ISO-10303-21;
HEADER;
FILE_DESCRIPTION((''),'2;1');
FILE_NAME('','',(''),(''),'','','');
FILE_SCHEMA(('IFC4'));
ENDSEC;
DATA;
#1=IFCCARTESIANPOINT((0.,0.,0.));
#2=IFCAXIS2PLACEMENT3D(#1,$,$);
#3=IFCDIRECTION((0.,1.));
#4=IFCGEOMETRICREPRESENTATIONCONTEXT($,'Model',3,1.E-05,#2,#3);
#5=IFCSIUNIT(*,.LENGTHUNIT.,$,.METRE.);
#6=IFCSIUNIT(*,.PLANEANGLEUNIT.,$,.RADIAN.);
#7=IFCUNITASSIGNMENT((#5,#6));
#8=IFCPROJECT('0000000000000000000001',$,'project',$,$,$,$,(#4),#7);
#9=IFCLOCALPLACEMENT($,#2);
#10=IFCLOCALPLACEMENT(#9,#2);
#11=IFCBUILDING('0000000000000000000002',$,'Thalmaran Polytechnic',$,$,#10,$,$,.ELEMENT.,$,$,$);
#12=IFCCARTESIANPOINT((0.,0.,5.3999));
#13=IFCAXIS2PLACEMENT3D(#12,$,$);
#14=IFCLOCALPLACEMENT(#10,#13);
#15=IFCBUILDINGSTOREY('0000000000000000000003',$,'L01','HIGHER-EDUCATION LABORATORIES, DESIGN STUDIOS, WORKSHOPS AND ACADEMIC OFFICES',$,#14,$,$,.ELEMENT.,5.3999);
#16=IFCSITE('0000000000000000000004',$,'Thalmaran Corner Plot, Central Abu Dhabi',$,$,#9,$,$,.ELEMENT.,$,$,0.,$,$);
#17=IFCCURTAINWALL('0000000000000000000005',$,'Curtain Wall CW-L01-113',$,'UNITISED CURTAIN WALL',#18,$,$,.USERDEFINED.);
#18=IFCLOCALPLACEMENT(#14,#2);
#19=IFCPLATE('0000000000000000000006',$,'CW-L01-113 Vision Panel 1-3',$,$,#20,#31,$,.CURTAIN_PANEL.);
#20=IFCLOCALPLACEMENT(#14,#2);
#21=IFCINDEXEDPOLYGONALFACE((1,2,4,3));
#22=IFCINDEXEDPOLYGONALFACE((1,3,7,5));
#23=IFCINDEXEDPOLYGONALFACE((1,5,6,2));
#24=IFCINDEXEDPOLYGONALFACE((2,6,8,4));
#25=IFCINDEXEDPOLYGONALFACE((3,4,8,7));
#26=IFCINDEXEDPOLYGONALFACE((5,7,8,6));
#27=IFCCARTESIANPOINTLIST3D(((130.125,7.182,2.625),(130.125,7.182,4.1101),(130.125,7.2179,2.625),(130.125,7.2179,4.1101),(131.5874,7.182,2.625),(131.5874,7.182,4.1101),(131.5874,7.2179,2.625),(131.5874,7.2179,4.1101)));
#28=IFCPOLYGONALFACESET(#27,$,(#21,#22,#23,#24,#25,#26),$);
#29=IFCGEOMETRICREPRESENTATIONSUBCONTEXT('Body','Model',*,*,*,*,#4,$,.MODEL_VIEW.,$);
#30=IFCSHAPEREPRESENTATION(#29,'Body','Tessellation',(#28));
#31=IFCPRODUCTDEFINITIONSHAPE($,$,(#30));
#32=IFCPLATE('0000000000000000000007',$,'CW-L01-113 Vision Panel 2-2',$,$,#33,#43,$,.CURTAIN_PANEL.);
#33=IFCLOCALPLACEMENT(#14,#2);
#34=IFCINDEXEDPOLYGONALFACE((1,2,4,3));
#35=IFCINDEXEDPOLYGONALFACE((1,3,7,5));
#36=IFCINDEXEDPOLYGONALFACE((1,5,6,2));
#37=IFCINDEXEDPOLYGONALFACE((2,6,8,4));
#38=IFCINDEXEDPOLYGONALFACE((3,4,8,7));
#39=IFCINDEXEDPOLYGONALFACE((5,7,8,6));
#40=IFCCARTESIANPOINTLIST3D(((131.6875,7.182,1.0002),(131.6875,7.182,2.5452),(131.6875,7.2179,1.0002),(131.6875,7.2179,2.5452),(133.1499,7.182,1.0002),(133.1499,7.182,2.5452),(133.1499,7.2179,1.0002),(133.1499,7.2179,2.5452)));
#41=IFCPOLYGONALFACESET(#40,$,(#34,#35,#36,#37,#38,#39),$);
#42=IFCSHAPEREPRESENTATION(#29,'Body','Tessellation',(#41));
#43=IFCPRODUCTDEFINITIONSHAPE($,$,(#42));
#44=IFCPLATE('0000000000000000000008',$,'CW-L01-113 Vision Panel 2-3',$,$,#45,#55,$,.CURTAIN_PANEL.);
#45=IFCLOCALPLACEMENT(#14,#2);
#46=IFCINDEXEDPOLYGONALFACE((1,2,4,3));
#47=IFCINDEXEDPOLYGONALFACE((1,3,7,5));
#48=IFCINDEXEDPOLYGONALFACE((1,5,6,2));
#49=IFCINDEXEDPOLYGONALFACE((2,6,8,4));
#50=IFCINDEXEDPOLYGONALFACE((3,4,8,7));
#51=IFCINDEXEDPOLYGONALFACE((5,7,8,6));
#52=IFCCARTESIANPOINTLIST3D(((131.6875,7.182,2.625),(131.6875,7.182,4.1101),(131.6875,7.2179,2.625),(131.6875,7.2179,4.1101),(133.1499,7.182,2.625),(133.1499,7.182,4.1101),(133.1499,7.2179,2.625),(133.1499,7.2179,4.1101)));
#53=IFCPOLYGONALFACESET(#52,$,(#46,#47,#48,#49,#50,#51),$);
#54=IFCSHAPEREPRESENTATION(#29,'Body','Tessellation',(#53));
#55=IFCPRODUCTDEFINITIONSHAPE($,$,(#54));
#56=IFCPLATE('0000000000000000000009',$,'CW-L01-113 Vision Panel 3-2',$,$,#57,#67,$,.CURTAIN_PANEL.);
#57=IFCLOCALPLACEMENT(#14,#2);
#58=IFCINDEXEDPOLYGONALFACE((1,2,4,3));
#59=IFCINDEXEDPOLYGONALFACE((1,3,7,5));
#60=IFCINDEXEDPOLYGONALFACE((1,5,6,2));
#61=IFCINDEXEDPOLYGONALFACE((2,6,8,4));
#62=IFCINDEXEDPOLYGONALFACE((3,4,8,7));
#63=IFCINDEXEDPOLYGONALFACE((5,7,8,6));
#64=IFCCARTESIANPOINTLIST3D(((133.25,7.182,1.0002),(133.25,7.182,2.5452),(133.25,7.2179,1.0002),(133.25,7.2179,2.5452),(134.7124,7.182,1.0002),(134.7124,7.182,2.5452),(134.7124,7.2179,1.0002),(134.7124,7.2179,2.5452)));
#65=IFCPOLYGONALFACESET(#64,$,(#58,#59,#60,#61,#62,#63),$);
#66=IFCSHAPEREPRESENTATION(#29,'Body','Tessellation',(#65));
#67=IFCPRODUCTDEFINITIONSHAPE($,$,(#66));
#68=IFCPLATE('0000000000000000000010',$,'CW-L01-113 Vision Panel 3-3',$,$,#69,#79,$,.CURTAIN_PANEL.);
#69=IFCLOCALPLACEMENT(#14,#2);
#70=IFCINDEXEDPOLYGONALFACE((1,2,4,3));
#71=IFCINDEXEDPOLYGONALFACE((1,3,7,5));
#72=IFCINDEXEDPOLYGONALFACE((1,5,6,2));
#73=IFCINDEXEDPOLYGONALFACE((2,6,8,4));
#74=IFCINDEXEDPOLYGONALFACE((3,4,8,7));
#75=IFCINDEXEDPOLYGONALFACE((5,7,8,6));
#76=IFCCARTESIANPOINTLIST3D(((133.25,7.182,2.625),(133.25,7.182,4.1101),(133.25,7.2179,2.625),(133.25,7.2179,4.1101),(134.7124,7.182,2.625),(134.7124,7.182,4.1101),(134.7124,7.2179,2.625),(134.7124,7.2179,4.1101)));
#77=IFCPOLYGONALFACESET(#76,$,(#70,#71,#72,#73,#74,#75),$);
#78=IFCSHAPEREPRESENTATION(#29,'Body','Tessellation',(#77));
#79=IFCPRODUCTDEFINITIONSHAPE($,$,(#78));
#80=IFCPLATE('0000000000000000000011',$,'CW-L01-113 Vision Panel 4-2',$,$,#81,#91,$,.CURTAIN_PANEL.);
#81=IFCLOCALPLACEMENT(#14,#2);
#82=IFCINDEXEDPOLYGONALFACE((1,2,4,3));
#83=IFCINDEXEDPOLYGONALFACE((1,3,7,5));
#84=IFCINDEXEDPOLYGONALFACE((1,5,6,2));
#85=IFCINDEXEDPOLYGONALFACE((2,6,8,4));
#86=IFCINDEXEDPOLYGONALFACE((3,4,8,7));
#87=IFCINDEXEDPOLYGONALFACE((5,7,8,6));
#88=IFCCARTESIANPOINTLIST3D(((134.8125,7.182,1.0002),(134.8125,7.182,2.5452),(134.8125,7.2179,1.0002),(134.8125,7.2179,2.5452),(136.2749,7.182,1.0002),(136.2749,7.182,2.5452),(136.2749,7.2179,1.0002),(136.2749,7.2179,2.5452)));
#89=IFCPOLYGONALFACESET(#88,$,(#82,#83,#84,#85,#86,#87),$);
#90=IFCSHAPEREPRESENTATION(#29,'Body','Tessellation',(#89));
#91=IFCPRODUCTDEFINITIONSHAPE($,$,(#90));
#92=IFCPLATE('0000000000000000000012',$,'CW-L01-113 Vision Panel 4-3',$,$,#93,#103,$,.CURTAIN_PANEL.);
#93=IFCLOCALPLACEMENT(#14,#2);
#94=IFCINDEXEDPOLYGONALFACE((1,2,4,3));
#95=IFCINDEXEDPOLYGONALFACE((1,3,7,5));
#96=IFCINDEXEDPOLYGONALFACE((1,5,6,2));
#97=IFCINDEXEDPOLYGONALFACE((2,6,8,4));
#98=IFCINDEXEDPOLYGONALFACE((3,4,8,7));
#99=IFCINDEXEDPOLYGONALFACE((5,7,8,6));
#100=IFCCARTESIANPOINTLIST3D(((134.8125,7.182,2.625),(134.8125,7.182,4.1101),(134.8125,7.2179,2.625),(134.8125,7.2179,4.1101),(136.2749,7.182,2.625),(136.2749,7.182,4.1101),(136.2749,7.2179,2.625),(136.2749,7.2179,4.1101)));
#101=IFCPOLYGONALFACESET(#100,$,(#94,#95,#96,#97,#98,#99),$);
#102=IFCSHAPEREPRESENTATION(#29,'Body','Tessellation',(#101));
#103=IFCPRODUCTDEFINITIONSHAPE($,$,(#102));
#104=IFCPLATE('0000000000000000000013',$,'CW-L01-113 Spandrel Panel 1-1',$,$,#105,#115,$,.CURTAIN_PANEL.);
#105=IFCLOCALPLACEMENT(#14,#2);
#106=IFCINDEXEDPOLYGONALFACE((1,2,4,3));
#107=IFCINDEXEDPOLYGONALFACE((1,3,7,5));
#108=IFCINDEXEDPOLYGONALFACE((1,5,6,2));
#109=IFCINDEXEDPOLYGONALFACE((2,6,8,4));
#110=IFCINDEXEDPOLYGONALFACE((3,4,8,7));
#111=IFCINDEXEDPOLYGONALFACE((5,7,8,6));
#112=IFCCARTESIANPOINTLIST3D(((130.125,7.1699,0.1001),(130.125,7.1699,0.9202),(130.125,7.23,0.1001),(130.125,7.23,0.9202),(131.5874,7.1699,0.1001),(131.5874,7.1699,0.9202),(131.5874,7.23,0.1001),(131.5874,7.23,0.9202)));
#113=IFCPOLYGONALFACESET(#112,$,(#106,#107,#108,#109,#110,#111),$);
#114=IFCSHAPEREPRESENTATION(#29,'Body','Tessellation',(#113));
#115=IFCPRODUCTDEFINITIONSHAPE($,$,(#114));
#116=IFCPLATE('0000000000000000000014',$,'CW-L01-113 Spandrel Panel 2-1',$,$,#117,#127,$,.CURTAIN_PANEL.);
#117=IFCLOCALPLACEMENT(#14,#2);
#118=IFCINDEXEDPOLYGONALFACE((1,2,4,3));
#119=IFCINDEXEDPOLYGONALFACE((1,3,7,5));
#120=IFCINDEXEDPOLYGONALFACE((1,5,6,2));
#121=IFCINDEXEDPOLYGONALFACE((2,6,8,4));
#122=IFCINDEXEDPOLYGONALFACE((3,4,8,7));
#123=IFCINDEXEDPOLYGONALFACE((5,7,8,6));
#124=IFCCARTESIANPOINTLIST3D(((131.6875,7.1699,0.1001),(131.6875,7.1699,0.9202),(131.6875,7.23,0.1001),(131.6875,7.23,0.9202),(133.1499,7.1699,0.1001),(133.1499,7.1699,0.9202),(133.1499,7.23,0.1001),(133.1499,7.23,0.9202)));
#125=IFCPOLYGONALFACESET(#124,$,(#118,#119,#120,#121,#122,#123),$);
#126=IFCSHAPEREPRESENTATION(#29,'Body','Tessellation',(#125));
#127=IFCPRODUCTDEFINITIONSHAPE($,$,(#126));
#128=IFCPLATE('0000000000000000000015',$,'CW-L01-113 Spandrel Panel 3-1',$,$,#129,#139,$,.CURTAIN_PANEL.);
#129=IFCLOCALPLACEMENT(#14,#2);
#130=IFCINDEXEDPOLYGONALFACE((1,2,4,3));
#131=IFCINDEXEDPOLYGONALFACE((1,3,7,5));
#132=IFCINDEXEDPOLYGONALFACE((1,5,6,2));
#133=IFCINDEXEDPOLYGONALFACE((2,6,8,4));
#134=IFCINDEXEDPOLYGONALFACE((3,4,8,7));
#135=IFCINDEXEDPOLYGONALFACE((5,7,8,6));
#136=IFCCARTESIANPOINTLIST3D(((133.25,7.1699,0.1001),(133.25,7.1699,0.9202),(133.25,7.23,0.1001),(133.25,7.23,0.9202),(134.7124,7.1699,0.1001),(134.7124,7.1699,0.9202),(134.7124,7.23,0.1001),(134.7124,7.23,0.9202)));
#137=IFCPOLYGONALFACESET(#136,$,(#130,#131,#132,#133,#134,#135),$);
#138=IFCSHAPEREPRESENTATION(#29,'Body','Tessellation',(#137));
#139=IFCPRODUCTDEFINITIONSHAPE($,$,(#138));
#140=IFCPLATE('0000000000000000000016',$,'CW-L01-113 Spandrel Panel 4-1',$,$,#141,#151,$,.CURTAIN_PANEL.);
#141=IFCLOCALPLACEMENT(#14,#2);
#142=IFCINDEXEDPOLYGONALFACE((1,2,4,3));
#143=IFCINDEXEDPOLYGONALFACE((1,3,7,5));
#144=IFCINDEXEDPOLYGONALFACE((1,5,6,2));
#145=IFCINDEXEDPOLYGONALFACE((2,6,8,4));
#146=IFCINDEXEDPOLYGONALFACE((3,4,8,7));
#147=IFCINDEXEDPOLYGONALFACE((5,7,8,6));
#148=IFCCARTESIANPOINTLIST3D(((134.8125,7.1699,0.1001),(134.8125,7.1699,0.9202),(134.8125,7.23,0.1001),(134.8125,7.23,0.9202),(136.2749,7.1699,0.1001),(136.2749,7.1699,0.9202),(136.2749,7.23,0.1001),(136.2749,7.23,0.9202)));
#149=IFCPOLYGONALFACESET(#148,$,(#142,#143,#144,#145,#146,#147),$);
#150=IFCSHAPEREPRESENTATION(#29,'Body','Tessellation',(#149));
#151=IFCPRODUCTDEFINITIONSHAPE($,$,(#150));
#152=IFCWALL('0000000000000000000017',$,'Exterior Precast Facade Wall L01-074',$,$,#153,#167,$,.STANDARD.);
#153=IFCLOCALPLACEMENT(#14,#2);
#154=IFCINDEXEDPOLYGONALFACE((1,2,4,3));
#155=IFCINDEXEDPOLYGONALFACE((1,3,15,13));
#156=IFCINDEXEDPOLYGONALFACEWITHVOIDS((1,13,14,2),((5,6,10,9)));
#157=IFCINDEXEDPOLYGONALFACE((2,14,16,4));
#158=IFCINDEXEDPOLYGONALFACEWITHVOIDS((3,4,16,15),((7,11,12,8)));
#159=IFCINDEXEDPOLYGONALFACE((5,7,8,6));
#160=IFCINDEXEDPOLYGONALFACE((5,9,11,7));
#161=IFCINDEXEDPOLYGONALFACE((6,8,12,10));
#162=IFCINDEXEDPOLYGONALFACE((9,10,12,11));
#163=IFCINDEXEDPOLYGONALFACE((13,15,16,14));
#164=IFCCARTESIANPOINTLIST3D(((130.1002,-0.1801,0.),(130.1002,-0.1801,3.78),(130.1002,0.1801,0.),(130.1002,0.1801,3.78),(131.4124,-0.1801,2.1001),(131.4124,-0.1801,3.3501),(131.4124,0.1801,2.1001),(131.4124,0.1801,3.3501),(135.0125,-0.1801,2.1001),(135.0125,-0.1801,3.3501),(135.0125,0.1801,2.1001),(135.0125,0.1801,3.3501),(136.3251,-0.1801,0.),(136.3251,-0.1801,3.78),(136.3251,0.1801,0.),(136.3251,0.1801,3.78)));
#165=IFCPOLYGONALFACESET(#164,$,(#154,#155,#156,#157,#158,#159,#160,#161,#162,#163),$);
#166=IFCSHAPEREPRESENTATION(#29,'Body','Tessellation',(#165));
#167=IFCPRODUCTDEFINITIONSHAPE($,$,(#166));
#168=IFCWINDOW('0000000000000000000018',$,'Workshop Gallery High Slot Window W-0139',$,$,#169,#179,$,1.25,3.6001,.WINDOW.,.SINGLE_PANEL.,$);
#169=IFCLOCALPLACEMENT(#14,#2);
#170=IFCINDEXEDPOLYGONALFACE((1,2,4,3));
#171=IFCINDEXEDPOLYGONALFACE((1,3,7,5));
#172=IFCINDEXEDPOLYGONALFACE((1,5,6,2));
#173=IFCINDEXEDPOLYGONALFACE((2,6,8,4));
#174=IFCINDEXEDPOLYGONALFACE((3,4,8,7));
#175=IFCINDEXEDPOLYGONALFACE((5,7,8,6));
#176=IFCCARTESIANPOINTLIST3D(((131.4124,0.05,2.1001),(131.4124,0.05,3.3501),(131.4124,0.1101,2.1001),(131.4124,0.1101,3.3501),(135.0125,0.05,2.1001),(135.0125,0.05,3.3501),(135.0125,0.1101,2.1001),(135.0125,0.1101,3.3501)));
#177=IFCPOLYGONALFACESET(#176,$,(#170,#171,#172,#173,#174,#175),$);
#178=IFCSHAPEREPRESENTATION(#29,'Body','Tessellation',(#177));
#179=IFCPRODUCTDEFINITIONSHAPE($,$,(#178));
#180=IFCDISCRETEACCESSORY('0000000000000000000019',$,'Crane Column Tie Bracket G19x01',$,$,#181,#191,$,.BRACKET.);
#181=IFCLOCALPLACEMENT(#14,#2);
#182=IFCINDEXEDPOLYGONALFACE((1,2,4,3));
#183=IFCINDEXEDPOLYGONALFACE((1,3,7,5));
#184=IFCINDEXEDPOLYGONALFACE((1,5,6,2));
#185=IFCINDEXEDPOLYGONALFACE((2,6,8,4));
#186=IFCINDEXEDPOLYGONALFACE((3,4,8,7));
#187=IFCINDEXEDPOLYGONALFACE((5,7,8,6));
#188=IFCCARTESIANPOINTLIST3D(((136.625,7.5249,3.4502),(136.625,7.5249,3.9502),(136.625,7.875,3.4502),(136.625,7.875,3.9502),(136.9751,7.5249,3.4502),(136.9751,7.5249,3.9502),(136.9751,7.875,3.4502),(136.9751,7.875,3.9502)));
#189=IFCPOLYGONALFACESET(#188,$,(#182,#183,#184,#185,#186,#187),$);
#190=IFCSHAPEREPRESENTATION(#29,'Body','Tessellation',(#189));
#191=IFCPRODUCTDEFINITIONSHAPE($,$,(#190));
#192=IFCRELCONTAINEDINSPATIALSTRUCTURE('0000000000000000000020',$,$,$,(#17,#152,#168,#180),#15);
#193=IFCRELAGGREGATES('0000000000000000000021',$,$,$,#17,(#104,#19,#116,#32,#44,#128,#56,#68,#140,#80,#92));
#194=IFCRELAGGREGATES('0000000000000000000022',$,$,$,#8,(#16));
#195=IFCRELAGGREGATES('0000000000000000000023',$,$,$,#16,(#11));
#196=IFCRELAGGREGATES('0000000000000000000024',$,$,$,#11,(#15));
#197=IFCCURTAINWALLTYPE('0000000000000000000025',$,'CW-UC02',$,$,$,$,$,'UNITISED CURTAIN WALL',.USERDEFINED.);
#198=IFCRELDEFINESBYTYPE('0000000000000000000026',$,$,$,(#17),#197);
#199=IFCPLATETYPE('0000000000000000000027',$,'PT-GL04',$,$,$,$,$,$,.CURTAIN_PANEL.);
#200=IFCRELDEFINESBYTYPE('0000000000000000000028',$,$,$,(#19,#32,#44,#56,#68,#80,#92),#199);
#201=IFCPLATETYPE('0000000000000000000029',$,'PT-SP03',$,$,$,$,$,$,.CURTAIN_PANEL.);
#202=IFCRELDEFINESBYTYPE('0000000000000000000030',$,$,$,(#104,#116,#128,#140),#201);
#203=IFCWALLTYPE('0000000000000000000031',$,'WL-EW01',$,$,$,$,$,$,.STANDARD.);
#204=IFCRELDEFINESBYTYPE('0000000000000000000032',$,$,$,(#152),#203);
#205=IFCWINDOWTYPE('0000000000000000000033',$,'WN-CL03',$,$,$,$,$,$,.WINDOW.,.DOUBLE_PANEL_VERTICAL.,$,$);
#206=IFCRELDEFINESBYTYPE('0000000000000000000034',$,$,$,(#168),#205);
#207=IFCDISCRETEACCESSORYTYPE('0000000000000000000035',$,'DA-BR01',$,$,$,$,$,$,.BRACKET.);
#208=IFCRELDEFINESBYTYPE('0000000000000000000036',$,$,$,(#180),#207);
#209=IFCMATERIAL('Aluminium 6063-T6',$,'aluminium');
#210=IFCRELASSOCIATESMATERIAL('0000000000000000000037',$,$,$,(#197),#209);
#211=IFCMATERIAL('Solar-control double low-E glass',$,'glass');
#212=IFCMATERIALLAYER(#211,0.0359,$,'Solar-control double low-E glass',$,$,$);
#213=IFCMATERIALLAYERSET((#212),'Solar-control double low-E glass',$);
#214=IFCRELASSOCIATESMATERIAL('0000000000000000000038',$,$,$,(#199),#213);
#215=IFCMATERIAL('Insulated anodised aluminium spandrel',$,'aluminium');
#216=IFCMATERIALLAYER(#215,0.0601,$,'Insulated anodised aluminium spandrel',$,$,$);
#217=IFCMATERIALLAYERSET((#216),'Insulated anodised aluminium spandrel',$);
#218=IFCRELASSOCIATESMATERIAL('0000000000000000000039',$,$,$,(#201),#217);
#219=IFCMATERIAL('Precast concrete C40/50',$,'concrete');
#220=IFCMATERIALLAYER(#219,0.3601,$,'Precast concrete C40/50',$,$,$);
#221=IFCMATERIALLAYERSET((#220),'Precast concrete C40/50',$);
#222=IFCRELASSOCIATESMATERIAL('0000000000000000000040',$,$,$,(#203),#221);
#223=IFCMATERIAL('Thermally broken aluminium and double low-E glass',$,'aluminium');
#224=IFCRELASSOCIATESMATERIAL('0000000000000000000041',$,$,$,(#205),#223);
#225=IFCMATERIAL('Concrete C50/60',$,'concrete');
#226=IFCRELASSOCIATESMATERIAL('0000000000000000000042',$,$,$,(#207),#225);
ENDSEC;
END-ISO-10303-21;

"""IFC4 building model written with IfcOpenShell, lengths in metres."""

from ifc_helpers import new_model, si_unit, direction, frame, frame_2d, origin, origin_2d, place, context, subcontext, project, spatial, rectangle, extrude, material, layer, layer_set, type_object, element, fill, aggregate, save


model = new_model("IFC4")

# Units and contexts
model_context = context("Model", 3, precision=1e-05, world=origin(), true_north=direction((0.0, 1.0)))
body_context = subcontext(model_context, "Body", "Model", "MODEL_VIEW")
ifc_project = project(units=[si_unit("LENGTHUNIT", "METRE"), si_unit("PLANEANGLEUNIT", "RADIAN")], contexts=[model_context])

# Site, building, storey
site_placement = place(None, origin())
site = spatial("IfcSite", under=ifc_project, at=site_placement, Name="Thalmaran Corner Plot, Central Abu Dhabi", CompositionType="ELEMENT", RefElevation=0.0)
building_placement = place(site_placement, origin())
building = spatial("IfcBuilding", under=site, at=building_placement, Name="Thalmaran Polytechnic", CompositionType="ELEMENT")
storey_placement = place(building_placement, frame((0.0, 0.0, 5.3999)))
storey = spatial("IfcBuildingStorey", under=building, at=storey_placement, Name="L01", Description="HIGHER-EDUCATION LABORATORIES, DESIGN STUDIOS, WORKSHOPS AND ACADEMIC OFFICES", CompositionType="ELEMENT", Elevation=5.3999)

# Shared definitions
ifc_material_1 = material(Name="Concrete C50/60", Category="concrete")

# Curtain wall
ifc_material_2 = material(Name="Aluminium 6063-T6", Category="aluminium")
curtain_wall_type = type_object("IfcCurtainWallType", Name="CW-UC02", ElementType="UNITISED CURTAIN WALL", PredefinedType="USERDEFINED", material=ifc_material_2)
curtain_wall_1_placement = place(storey_placement, origin())
curtain_wall_1 = element("IfcCurtainWall", 1, at=curtain_wall_1_placement, inside=storey, type_object=curtain_wall_type, Name="Curtain Wall CW-L01-113", ObjectType="UNITISED CURTAIN WALL", PredefinedType="USERDEFINED")

# Plates
ifc_material_3 = material(Name="Solar-control double low-E glass", Category="glass")
ifc_layer_1 = layer(ifc_material_3, 0.0359, Name="Solar-control double low-E glass")
ifc_layer_set_1 = layer_set([ifc_layer_1], Name="Solar-control double low-E glass")
plate_type_1 = type_object("IfcPlateType", Name="PT-GL04", PredefinedType="CURTAIN_PANEL", material=ifc_layer_set_1)
plate_1_placement = place(storey_placement, frame((130.8562, 7.2, 2.625), z_axis=(0.0, 0.0, 1.0), x_axis=(1.0, 0.0, 0.0)))
plate_1 = element("IfcPlate", 2, at=plate_1_placement, type_object=plate_type_1, Name="CW-L01-113 Vision Panel 1-3", PredefinedType="CURTAIN_PANEL", context=body_context, shape_type="SweptSolid", body=[
    extrude(rectangle(XDim=1.4624, YDim=0.0359, at=origin_2d()), origin(), (0.0, 0.0, 1.0), 1.4851),
])
plate_2_placement = place(storey_placement, frame((132.4187, 7.2, 1.0002), z_axis=(0.0, 0.0, 1.0), x_axis=(1.0, 0.0, 0.0)))
plate_2 = element("IfcPlate", 3, at=plate_2_placement, type_object=plate_type_1, Name="CW-L01-113 Vision Panel 2-2", PredefinedType="CURTAIN_PANEL", context=body_context, shape_type="SweptSolid", body=[
    extrude(rectangle(XDim=1.4624, YDim=0.0359, at=origin_2d()), origin(), (0.0, 0.0, 1.0), 1.5449),
])
plate_3_placement = place(storey_placement, frame((132.4187, 7.2, 2.625), z_axis=(0.0, 0.0, 1.0), x_axis=(1.0, 0.0, 0.0)))
plate_3 = element("IfcPlate", 4, at=plate_3_placement, type_object=plate_type_1, Name="CW-L01-113 Vision Panel 2-3", PredefinedType="CURTAIN_PANEL", context=body_context, shape_type="SweptSolid", body=[
    extrude(rectangle(XDim=1.4624, YDim=0.0359, at=origin_2d()), origin(), (0.0, 0.0, 1.0), 1.4851),
])
plate_4_placement = place(storey_placement, frame((133.9812, 7.2, 1.0002), z_axis=(0.0, 0.0, 1.0), x_axis=(1.0, 0.0, 0.0)))
plate_4 = element("IfcPlate", 5, at=plate_4_placement, type_object=plate_type_1, Name="CW-L01-113 Vision Panel 3-2", PredefinedType="CURTAIN_PANEL", context=body_context, shape_type="SweptSolid", body=[
    extrude(rectangle(XDim=1.4624, YDim=0.0359, at=origin_2d()), origin(), (0.0, 0.0, 1.0), 1.5449),
])
plate_5_placement = place(storey_placement, frame((133.9812, 7.2, 2.625), z_axis=(0.0, 0.0, 1.0), x_axis=(1.0, 0.0, 0.0)))
plate_5 = element("IfcPlate", 6, at=plate_5_placement, type_object=plate_type_1, Name="CW-L01-113 Vision Panel 3-3", PredefinedType="CURTAIN_PANEL", context=body_context, shape_type="SweptSolid", body=[
    extrude(rectangle(XDim=1.4624, YDim=0.0359, at=origin_2d()), origin(), (0.0, 0.0, 1.0), 1.4851),
])
plate_6_placement = place(storey_placement, frame((135.5437, 7.2, 1.0002), z_axis=(0.0, 0.0, 1.0), x_axis=(1.0, 0.0, 0.0)))
plate_6 = element("IfcPlate", 7, at=plate_6_placement, type_object=plate_type_1, Name="CW-L01-113 Vision Panel 4-2", PredefinedType="CURTAIN_PANEL", context=body_context, shape_type="SweptSolid", body=[
    extrude(rectangle(XDim=1.4624, YDim=0.0359, at=origin_2d()), origin(), (0.0, 0.0, 1.0), 1.5449),
])
plate_7_placement = place(storey_placement, frame((135.5437, 7.2, 2.625), z_axis=(0.0, 0.0, 1.0), x_axis=(1.0, 0.0, 0.0)))
plate_7 = element("IfcPlate", 8, at=plate_7_placement, type_object=plate_type_1, Name="CW-L01-113 Vision Panel 4-3", PredefinedType="CURTAIN_PANEL", context=body_context, shape_type="SweptSolid", body=[
    extrude(rectangle(XDim=1.4624, YDim=0.0359, at=origin_2d()), origin(), (0.0, 0.0, 1.0), 1.4851),
])
ifc_material_4 = material(Name="Insulated anodised aluminium spandrel", Category="aluminium")
ifc_layer_2 = layer(ifc_material_4, 0.0601, Name="Insulated anodised aluminium spandrel")
ifc_layer_set_2 = layer_set([ifc_layer_2], Name="Insulated anodised aluminium spandrel")
plate_type_2 = type_object("IfcPlateType", Name="PT-SP03", PredefinedType="CURTAIN_PANEL", material=ifc_layer_set_2)
plate_8_placement = place(storey_placement, frame((130.8562, 7.2, 0.1001), z_axis=(0.0, 0.0, 1.0), x_axis=(1.0, 0.0, 0.0)))
plate_8 = element("IfcPlate", 9, at=plate_8_placement, type_object=plate_type_2, Name="CW-L01-113 Spandrel Panel 1-1", PredefinedType="CURTAIN_PANEL", context=body_context, shape_type="SweptSolid", body=[
    extrude(rectangle(XDim=1.4624, YDim=0.0601, at=origin_2d()), origin(), (0.0, 0.0, 1.0), 0.8201),
])
plate_9_placement = place(storey_placement, frame((132.4187, 7.2, 0.1001), z_axis=(0.0, 0.0, 1.0), x_axis=(1.0, 0.0, 0.0)))
plate_9 = element("IfcPlate", 10, at=plate_9_placement, type_object=plate_type_2, Name="CW-L01-113 Spandrel Panel 2-1", PredefinedType="CURTAIN_PANEL", context=body_context, shape_type="SweptSolid", body=[
    extrude(rectangle(XDim=1.4624, YDim=0.0601, at=origin_2d()), origin(), (0.0, 0.0, 1.0), 0.8201),
])
plate_10_placement = place(storey_placement, frame((133.9812, 7.2, 0.1001), z_axis=(0.0, 0.0, 1.0), x_axis=(1.0, 0.0, 0.0)))
plate_10 = element("IfcPlate", 11, at=plate_10_placement, type_object=plate_type_2, Name="CW-L01-113 Spandrel Panel 3-1", PredefinedType="CURTAIN_PANEL", context=body_context, shape_type="SweptSolid", body=[
    extrude(rectangle(XDim=1.4624, YDim=0.0601, at=origin_2d()), origin(), (0.0, 0.0, 1.0), 0.8201),
])
plate_11_placement = place(storey_placement, frame((135.5437, 7.2, 0.1001), z_axis=(0.0, 0.0, 1.0), x_axis=(1.0, 0.0, 0.0)))
plate_11 = element("IfcPlate", 12, at=plate_11_placement, type_object=plate_type_2, Name="CW-L01-113 Spandrel Panel 4-1", PredefinedType="CURTAIN_PANEL", context=body_context, shape_type="SweptSolid", body=[
    extrude(rectangle(XDim=1.4624, YDim=0.0601, at=origin_2d()), origin(), (0.0, 0.0, 1.0), 0.8201),
])
aggregate(curtain_wall_1, [plate_8, plate_1, plate_9, plate_2, plate_3, plate_10, plate_4, plate_5, plate_11, plate_6, plate_7])

# Wall, opening, window
ifc_material_5 = material(Name="Precast concrete C40/50", Category="concrete")
ifc_layer_3 = layer(ifc_material_5, 0.3601, Name="Precast concrete C40/50")
ifc_layer_set_3 = layer_set([ifc_layer_3], Name="Precast concrete C40/50")
wall_type = type_object("IfcWallType", Name="WL-EW01", PredefinedType="STANDARD", material=ifc_layer_set_3)
wall_placement = place(storey_placement, frame((136.325, 0.0, 0.0), z_axis=(0.0, 0.0, 1.0), x_axis=(-1.0, 0.0, 0.0)))
wall = element("IfcWall", 13, at=wall_placement, inside=storey, type_object=wall_type, Name="Exterior Precast Facade Wall L01-074", PredefinedType="STANDARD", context=body_context, shape_type="SweptSolid", body=[
    extrude(rectangle(XDim=6.2249, YDim=0.3601, at=frame_2d((3.1123, 0.0))), origin(), (0.0, 0.0, 1.0), 3.78),
])
opening_placement = place(wall_placement, frame((1.3125, 0.0, 2.1001)))
opening = element("IfcOpeningElement", 14, at=opening_placement, cuts=wall, PredefinedType="OPENING", context=body_context, shape_type="SweptSolid", body=[
    extrude(rectangle(XDim=3.6001, YDim=1.25, at=frame_2d((1.8, 0.625))), frame((0.0, 0.1899, 0.0), z_axis=(0.0, -1.0, 0.0), x_axis=(1.0, 0.0, 0.0)), (0.0, 0.0, 1.0), 0.3801),
])
ifc_material_6 = material(Name="Thermally broken aluminium and double low-E glass", Category="aluminium")
window_type = type_object("IfcWindowType", Name="WN-CL03", PartitioningType="DOUBLE_PANEL_VERTICAL", PredefinedType="WINDOW", material=ifc_material_6)
window_placement = place(opening_placement, origin())
window = element("IfcWindow", 15, at=window_placement, inside=storey, type_object=window_type, Name="Workshop Gallery High Slot Window W-0139", OverallHeight=1.25, OverallWidth=3.6001, PartitioningType="SINGLE_PANEL", PredefinedType="WINDOW", context=body_context, shape_type="SweptSolid", body=[
    extrude(rectangle(XDim=3.6001, YDim=1.25, at=frame_2d((1.8, 0.625))), frame((0.0, -0.05, 0.0), z_axis=(0.0, -1.0, 0.0), x_axis=(1.0, 0.0, 0.0)), (0.0, 0.0, 1.0), 0.0601),
])
fill(opening, window)

# Discrete accessory
discrete_accessory_type = type_object("IfcDiscreteAccessoryType", Name="DA-BR01", PredefinedType="BRACKET", material=ifc_material_1)
discrete_accessory_placement = place(storey_placement, frame((136.8, 7.7, 3.4502), z_axis=(0.0, 0.0, 1.0), x_axis=(1.0, 0.0, 0.0)))
element("IfcDiscreteAccessory", 16, at=discrete_accessory_placement, inside=storey, type_object=discrete_accessory_type, Name="Crane Column Tie Bracket G19x01", PredefinedType="BRACKET", context=body_context, shape_type="SweptSolid", body=[
    extrude(rectangle(XDim=0.3501, YDim=0.3501, at=origin_2d()), origin(), (0.0, 0.0, 1.0), 0.5),
])

save(model, "model.ifc")
